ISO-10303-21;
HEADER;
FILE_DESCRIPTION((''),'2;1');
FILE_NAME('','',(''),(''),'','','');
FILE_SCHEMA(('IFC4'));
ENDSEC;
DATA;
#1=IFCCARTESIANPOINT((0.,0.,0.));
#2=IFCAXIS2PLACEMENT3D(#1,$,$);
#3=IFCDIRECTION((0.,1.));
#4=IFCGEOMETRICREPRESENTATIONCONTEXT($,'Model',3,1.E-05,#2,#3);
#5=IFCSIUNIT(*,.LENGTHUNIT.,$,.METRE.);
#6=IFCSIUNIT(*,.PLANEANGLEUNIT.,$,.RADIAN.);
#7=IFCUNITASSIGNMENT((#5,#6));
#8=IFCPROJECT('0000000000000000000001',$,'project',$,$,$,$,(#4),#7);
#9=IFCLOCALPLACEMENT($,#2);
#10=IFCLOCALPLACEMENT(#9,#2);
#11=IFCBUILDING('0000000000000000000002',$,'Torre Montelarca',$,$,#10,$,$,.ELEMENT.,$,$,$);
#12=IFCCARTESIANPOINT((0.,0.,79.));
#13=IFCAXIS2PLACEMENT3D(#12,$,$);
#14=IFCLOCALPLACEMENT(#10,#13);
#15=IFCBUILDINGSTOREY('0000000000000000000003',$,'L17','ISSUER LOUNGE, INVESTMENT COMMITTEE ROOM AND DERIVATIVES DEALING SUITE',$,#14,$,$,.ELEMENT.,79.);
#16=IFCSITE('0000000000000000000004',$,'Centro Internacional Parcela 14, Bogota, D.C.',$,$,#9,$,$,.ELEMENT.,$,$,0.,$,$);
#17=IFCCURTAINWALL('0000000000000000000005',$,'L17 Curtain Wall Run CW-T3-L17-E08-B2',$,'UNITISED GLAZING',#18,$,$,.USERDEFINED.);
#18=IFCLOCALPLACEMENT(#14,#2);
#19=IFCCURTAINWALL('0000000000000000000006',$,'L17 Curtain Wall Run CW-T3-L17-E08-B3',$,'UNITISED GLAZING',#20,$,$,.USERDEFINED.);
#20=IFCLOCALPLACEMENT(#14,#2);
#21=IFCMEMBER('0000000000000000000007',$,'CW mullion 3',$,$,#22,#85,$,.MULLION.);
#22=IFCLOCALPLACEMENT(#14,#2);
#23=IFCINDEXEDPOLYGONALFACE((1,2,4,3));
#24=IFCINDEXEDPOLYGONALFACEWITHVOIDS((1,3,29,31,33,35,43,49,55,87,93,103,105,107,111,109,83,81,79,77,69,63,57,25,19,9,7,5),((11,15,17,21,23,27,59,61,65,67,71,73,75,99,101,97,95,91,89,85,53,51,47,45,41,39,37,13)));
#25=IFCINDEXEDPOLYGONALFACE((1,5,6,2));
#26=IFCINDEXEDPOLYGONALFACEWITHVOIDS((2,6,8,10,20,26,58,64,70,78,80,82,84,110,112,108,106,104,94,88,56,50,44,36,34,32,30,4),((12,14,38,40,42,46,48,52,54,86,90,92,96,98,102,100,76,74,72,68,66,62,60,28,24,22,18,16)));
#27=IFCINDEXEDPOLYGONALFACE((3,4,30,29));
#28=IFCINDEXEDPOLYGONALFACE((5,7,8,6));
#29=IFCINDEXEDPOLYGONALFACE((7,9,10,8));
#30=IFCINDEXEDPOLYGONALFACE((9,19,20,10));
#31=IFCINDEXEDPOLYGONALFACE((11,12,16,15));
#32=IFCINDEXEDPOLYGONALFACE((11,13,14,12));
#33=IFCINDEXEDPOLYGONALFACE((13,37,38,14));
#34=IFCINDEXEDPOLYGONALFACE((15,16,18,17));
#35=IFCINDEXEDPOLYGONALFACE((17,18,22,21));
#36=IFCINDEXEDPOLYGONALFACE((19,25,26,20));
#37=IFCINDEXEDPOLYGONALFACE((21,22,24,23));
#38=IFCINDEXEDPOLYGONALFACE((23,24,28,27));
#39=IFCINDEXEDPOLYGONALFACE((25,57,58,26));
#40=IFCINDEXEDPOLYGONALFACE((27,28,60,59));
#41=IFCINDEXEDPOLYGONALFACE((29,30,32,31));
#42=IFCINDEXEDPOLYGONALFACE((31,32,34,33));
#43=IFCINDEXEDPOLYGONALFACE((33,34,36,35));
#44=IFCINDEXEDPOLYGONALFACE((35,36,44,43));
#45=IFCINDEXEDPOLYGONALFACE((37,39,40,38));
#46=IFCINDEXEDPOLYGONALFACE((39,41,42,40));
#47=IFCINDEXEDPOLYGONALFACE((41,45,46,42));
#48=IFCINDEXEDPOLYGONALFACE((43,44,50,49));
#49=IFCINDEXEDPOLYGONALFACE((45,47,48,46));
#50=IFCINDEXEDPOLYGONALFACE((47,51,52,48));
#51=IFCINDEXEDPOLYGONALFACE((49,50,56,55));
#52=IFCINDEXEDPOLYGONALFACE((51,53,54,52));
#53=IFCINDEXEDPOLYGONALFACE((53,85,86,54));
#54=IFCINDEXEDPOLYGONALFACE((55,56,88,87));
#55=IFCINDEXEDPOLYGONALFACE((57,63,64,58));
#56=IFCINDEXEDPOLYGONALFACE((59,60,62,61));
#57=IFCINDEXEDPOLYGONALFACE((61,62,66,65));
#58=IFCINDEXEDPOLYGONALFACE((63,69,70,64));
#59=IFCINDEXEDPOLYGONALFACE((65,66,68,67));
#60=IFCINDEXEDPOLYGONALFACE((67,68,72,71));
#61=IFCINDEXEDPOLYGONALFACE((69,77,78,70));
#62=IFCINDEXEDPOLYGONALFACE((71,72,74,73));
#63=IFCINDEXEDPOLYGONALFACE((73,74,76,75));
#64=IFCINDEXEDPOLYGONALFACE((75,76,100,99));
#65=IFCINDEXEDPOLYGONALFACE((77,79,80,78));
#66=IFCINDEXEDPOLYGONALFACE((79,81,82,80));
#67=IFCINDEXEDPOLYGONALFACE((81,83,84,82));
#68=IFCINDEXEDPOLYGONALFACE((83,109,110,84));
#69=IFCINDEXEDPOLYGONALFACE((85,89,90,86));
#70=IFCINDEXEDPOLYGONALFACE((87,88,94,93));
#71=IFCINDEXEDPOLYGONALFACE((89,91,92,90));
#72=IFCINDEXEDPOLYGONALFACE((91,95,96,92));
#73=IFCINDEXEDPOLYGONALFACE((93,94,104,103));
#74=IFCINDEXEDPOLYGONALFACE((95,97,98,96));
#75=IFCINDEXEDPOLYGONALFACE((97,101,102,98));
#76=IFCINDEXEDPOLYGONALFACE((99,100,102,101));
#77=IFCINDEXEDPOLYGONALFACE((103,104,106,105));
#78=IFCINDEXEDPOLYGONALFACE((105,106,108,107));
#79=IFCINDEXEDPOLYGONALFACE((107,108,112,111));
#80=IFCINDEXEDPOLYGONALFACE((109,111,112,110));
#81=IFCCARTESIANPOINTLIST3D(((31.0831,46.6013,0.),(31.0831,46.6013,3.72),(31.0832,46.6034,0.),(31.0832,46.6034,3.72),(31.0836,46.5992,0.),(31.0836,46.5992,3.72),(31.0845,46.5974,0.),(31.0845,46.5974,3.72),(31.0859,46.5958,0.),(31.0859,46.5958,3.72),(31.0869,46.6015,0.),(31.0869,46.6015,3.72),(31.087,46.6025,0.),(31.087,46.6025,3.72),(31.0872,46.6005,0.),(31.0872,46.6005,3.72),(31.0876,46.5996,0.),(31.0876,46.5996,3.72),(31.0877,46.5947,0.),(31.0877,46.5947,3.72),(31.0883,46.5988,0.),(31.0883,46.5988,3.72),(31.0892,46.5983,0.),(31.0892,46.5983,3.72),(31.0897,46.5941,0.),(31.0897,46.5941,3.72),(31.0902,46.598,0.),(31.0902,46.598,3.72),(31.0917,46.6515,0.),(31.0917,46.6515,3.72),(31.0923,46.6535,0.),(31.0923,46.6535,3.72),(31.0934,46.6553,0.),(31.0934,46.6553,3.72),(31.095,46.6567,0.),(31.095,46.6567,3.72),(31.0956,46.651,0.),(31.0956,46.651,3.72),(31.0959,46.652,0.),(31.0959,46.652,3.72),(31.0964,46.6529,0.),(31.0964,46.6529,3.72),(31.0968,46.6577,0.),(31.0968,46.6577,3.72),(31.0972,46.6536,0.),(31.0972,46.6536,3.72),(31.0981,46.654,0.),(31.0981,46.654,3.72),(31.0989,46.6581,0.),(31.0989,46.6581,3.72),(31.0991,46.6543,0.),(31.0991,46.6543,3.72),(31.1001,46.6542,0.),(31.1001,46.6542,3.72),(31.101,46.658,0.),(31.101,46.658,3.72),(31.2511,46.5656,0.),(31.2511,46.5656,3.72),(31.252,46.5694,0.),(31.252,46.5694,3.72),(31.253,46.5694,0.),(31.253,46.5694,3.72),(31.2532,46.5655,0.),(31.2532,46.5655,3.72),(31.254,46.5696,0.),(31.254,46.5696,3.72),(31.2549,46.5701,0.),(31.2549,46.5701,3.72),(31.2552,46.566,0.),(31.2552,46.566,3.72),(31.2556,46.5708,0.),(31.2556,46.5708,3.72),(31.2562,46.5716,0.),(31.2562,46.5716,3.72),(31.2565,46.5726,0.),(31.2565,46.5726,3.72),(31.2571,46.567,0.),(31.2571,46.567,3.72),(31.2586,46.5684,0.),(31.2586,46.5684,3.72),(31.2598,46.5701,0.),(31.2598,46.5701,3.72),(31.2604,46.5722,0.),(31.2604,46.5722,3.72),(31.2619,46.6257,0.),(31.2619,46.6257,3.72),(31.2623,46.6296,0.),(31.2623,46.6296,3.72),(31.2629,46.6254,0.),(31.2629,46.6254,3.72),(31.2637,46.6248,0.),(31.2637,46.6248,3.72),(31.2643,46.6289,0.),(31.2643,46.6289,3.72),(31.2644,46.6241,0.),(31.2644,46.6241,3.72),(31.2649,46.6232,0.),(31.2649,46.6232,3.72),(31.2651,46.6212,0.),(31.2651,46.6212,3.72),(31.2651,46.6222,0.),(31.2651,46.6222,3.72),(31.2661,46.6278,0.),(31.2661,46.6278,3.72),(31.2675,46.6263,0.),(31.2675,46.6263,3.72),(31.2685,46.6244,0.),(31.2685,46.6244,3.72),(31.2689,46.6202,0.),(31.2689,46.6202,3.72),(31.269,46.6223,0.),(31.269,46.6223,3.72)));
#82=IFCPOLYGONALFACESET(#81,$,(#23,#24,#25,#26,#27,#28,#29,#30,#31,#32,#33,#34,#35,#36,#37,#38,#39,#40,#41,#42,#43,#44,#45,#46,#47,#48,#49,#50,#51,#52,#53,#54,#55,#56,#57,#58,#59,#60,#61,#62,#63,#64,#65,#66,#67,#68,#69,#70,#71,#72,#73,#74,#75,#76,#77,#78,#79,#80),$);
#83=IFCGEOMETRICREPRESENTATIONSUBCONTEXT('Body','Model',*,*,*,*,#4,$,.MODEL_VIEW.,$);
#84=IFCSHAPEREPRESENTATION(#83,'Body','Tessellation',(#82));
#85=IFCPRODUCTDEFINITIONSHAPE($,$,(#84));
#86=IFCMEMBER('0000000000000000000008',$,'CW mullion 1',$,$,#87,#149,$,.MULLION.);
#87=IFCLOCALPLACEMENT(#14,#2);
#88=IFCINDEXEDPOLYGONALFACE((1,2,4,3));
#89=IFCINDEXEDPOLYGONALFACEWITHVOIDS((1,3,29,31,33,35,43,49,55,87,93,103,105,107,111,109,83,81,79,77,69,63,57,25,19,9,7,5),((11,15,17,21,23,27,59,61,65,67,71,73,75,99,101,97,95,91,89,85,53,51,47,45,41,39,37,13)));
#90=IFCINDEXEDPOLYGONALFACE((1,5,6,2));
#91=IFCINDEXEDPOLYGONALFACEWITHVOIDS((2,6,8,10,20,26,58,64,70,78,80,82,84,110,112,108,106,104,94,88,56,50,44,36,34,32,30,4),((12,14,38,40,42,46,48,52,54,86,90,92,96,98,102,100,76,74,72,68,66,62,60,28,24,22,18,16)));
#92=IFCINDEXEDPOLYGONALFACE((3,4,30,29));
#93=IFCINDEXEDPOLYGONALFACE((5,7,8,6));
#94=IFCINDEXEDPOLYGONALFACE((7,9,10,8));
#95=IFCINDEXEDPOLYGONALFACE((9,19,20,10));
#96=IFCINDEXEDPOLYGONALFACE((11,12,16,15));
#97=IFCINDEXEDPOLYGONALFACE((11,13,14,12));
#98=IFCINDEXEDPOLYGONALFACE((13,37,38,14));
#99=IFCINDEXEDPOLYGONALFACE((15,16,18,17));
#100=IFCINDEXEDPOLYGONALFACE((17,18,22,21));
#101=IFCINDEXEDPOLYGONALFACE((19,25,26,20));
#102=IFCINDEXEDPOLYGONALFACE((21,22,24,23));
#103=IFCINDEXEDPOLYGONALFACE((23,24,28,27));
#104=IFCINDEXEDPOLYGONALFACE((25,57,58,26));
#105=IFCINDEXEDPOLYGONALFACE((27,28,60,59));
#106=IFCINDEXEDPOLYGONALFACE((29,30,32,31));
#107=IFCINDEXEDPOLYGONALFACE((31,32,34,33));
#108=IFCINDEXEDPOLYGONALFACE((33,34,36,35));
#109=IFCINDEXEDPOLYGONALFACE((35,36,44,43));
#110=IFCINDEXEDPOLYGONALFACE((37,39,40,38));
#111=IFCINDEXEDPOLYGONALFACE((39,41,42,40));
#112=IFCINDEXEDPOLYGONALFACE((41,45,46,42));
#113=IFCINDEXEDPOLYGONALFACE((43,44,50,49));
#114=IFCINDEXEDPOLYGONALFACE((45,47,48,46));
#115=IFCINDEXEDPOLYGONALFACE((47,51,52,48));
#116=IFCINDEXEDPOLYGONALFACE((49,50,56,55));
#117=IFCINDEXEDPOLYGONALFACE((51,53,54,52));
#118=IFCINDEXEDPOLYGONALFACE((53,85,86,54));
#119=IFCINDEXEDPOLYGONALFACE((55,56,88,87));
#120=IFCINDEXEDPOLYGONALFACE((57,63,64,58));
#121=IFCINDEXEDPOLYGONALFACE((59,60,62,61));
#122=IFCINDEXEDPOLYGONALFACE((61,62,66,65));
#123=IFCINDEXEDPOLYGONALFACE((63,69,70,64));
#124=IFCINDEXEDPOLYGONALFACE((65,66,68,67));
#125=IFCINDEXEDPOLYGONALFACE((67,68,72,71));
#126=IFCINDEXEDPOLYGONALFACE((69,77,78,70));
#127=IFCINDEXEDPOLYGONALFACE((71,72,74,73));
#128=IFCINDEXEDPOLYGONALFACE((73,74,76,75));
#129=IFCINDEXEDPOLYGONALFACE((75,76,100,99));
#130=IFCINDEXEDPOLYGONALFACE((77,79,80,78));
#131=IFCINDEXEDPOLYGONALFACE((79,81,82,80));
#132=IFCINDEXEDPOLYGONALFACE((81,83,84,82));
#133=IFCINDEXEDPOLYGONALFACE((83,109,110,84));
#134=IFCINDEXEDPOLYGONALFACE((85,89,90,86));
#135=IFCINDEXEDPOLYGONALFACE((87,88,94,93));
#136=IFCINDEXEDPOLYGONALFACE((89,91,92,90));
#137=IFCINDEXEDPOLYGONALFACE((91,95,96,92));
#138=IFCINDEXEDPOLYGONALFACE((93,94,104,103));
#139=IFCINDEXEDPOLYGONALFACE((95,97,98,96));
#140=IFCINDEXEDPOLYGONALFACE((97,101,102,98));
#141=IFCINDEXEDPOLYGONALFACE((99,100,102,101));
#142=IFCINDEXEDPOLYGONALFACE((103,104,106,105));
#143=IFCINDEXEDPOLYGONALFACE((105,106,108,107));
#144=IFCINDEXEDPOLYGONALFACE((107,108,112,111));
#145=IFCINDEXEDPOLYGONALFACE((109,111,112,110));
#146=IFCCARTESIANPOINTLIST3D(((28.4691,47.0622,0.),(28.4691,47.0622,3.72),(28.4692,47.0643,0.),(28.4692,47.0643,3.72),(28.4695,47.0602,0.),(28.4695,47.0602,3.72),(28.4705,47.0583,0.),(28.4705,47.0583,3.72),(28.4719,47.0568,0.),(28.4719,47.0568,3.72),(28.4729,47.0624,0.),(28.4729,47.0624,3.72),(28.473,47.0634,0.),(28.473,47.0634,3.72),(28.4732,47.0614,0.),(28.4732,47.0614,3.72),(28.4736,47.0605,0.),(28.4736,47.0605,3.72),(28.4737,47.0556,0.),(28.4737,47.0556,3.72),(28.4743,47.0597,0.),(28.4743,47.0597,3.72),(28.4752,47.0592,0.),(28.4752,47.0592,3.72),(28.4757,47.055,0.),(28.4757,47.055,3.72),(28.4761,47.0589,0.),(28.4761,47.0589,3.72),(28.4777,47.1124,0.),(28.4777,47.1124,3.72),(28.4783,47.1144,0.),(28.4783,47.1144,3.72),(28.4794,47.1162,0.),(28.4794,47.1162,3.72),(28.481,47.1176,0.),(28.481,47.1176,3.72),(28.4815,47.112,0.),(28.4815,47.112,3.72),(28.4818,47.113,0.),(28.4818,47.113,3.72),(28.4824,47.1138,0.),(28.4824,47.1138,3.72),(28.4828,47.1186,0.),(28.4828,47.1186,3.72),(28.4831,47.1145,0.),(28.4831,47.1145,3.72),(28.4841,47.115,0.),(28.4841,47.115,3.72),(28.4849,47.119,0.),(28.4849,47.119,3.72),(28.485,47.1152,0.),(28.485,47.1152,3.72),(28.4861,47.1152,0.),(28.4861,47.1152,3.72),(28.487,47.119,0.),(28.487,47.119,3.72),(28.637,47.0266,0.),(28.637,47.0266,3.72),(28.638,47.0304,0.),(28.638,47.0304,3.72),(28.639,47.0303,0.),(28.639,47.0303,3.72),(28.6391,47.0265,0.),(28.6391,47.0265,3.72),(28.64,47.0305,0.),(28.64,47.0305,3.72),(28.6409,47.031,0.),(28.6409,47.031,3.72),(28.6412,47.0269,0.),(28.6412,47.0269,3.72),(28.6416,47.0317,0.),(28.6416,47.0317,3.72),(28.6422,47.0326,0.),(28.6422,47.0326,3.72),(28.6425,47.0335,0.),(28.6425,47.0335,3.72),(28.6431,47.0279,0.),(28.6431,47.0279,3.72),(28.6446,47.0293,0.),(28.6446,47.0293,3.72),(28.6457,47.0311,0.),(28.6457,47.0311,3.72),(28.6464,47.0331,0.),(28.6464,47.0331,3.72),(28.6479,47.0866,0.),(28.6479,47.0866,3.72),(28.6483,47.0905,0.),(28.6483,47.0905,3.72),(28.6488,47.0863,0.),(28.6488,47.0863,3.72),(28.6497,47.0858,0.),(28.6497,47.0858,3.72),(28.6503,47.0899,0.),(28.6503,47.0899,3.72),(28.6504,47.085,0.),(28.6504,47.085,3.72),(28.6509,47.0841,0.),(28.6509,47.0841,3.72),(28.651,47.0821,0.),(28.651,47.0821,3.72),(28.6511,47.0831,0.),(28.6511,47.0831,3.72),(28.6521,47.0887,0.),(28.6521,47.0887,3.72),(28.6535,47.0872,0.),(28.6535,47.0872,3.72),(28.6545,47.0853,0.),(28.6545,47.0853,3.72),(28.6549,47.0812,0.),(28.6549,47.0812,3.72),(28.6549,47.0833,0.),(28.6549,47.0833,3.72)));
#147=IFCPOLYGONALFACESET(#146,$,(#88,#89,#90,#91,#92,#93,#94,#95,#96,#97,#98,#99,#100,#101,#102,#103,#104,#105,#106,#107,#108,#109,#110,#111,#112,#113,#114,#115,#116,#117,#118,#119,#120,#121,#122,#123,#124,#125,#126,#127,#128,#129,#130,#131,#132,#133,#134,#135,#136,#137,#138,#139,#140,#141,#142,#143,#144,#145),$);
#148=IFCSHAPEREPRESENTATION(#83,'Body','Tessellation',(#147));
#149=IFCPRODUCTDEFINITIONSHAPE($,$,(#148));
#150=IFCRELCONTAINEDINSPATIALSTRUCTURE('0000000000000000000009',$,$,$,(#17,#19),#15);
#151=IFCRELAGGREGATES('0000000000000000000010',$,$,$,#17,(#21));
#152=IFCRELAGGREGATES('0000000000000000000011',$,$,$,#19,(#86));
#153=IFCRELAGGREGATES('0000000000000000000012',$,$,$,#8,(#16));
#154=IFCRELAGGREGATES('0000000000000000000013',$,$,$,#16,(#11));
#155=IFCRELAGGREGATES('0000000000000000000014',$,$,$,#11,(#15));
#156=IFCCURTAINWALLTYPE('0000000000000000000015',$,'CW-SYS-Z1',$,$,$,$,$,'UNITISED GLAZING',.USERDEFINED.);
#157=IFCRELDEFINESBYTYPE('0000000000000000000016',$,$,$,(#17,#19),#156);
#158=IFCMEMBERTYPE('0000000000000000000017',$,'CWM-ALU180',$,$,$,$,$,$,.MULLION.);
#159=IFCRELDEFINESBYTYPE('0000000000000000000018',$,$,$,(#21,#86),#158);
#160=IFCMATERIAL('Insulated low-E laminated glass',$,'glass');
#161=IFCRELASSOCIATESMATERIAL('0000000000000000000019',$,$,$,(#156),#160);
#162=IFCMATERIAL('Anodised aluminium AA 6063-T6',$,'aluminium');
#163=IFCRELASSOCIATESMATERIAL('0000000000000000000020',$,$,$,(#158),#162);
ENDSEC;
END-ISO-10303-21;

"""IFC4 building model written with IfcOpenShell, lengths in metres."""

from ifc_helpers import new_model, si_unit, direction, frame, origin, origin_2d, place, context, subcontext, project, spatial, hollow_rectangle, extrude, source, transform, mapped, material, material_profile, profile_set, type_object, element, aggregate, save


model = new_model("IFC4")

# Units and contexts
model_context = context("Model", 3, precision=1e-05, world=origin(), true_north=direction((0.0, 1.0)))
body_context = subcontext(model_context, "Body", "Model", "MODEL_VIEW")
ifc_project = project(units=[si_unit("LENGTHUNIT", "METRE"), si_unit("PLANEANGLEUNIT", "RADIAN")], contexts=[model_context])

# Site, building, storey
site_placement = place(None, origin())
site = spatial("IfcSite", under=ifc_project, at=site_placement, Name="Centro Internacional Parcela 14, Bogota, D.C.", CompositionType="ELEMENT", RefElevation=0.0)
building_placement = place(site_placement, origin())
building = spatial("IfcBuilding", under=site, at=building_placement, Name="Torre Montelarca", CompositionType="ELEMENT")
storey_placement = place(building_placement, frame((0.0, 0.0, 79.0)))
storey = spatial("IfcBuildingStorey", under=building, at=storey_placement, Name="L17", Description="ISSUER LOUNGE, INVESTMENT COMMITTEE ROOM AND DERIVATIVES DEALING SUITE", CompositionType="ELEMENT", Elevation=79.0)

# Curtain walls
ifc_material_1 = material(Name="Insulated low-E laminated glass", Category="glass")
curtain_wall_type = type_object("IfcCurtainWallType", Name="CW-SYS-Z1", ElementType="UNITISED GLAZING", PredefinedType="USERDEFINED", material=ifc_material_1)
curtain_wall_1_placement = place(storey_placement, origin())
curtain_wall_1 = element("IfcCurtainWall", 1, at=curtain_wall_1_placement, inside=storey, type_object=curtain_wall_type, Name="L17 Curtain Wall Run CW-T3-L17-E08-B2", ObjectType="UNITISED GLAZING", PredefinedType="USERDEFINED")
ifc_material_2 = material(Name="Anodised aluminium AA 6063-T6", Category="aluminium")
curtain_wall_2_placement = place(storey_placement, origin())
curtain_wall_2 = element("IfcCurtainWall", 2, at=curtain_wall_2_placement, inside=storey, type_object=curtain_wall_type, Name="L17 Curtain Wall Run CW-T3-L17-E08-B3", ObjectType="UNITISED GLAZING", PredefinedType="USERDEFINED")

# Members
ifc_material_profile_1 = material_profile(ifc_material_2, hollow_rectangle(XDim=0.0649, YDim=0.1799, WallThickness=0.0039, InnerFilletRadius=0.0039, OuterFilletRadius=0.0081, at=origin_2d()), Name="ALU65X180X4", Category="aluminium")
ifc_profile_set_1 = profile_set([ifc_material_profile_1], Name="Anodised aluminium AA 6063-T6")
member_type_1 = type_object("IfcMemberType", Name="CWM-ALU180", PredefinedType="MULLION", material=ifc_profile_set_1)
shared_shape_1 = source(origin(), body_context, "Body", "SweptSolid", [
    extrude(hollow_rectangle(XDim=0.0649, YDim=0.1799, WallThickness=0.0039, InnerFilletRadius=0.0039, OuterFilletRadius=0.0081, at=origin_2d()), origin(), (0.0, 0.0, 1.0), 3.72),
])
member_1_placement = place(storey_placement, frame((31.176, 46.6118, 0.0), z_axis=(0.0, 0.0, 1.0), x_axis=(-0.173642, -0.984809, 0.0)))
member_1 = element("IfcMember", 3, at=member_1_placement, type_object=member_type_1, Name="CW mullion 3", PredefinedType="MULLION", context=body_context, shape_type="MappedRepresentation", body=[
    mapped(shared_shape_1, transform((0.0, 0.0, 0.0), scale=1.0)),
])
member_2_placement = place(storey_placement, frame((28.562, 47.0728, 0.0), z_axis=(0.0, 0.0, 1.0), x_axis=(-0.173658, -0.984806, 0.0)))
member_2 = element("IfcMember", 4, at=member_2_placement, type_object=member_type_1, Name="CW mullion 1", PredefinedType="MULLION", context=body_context, shape_type="MappedRepresentation", body=[
    mapped(shared_shape_1, transform((0.0, 0.0, 0.0), scale=1.0)),
])

aggregate(curtain_wall_1, [member_1])
aggregate(curtain_wall_2, [member_2])

save(model, "model.ifc")
